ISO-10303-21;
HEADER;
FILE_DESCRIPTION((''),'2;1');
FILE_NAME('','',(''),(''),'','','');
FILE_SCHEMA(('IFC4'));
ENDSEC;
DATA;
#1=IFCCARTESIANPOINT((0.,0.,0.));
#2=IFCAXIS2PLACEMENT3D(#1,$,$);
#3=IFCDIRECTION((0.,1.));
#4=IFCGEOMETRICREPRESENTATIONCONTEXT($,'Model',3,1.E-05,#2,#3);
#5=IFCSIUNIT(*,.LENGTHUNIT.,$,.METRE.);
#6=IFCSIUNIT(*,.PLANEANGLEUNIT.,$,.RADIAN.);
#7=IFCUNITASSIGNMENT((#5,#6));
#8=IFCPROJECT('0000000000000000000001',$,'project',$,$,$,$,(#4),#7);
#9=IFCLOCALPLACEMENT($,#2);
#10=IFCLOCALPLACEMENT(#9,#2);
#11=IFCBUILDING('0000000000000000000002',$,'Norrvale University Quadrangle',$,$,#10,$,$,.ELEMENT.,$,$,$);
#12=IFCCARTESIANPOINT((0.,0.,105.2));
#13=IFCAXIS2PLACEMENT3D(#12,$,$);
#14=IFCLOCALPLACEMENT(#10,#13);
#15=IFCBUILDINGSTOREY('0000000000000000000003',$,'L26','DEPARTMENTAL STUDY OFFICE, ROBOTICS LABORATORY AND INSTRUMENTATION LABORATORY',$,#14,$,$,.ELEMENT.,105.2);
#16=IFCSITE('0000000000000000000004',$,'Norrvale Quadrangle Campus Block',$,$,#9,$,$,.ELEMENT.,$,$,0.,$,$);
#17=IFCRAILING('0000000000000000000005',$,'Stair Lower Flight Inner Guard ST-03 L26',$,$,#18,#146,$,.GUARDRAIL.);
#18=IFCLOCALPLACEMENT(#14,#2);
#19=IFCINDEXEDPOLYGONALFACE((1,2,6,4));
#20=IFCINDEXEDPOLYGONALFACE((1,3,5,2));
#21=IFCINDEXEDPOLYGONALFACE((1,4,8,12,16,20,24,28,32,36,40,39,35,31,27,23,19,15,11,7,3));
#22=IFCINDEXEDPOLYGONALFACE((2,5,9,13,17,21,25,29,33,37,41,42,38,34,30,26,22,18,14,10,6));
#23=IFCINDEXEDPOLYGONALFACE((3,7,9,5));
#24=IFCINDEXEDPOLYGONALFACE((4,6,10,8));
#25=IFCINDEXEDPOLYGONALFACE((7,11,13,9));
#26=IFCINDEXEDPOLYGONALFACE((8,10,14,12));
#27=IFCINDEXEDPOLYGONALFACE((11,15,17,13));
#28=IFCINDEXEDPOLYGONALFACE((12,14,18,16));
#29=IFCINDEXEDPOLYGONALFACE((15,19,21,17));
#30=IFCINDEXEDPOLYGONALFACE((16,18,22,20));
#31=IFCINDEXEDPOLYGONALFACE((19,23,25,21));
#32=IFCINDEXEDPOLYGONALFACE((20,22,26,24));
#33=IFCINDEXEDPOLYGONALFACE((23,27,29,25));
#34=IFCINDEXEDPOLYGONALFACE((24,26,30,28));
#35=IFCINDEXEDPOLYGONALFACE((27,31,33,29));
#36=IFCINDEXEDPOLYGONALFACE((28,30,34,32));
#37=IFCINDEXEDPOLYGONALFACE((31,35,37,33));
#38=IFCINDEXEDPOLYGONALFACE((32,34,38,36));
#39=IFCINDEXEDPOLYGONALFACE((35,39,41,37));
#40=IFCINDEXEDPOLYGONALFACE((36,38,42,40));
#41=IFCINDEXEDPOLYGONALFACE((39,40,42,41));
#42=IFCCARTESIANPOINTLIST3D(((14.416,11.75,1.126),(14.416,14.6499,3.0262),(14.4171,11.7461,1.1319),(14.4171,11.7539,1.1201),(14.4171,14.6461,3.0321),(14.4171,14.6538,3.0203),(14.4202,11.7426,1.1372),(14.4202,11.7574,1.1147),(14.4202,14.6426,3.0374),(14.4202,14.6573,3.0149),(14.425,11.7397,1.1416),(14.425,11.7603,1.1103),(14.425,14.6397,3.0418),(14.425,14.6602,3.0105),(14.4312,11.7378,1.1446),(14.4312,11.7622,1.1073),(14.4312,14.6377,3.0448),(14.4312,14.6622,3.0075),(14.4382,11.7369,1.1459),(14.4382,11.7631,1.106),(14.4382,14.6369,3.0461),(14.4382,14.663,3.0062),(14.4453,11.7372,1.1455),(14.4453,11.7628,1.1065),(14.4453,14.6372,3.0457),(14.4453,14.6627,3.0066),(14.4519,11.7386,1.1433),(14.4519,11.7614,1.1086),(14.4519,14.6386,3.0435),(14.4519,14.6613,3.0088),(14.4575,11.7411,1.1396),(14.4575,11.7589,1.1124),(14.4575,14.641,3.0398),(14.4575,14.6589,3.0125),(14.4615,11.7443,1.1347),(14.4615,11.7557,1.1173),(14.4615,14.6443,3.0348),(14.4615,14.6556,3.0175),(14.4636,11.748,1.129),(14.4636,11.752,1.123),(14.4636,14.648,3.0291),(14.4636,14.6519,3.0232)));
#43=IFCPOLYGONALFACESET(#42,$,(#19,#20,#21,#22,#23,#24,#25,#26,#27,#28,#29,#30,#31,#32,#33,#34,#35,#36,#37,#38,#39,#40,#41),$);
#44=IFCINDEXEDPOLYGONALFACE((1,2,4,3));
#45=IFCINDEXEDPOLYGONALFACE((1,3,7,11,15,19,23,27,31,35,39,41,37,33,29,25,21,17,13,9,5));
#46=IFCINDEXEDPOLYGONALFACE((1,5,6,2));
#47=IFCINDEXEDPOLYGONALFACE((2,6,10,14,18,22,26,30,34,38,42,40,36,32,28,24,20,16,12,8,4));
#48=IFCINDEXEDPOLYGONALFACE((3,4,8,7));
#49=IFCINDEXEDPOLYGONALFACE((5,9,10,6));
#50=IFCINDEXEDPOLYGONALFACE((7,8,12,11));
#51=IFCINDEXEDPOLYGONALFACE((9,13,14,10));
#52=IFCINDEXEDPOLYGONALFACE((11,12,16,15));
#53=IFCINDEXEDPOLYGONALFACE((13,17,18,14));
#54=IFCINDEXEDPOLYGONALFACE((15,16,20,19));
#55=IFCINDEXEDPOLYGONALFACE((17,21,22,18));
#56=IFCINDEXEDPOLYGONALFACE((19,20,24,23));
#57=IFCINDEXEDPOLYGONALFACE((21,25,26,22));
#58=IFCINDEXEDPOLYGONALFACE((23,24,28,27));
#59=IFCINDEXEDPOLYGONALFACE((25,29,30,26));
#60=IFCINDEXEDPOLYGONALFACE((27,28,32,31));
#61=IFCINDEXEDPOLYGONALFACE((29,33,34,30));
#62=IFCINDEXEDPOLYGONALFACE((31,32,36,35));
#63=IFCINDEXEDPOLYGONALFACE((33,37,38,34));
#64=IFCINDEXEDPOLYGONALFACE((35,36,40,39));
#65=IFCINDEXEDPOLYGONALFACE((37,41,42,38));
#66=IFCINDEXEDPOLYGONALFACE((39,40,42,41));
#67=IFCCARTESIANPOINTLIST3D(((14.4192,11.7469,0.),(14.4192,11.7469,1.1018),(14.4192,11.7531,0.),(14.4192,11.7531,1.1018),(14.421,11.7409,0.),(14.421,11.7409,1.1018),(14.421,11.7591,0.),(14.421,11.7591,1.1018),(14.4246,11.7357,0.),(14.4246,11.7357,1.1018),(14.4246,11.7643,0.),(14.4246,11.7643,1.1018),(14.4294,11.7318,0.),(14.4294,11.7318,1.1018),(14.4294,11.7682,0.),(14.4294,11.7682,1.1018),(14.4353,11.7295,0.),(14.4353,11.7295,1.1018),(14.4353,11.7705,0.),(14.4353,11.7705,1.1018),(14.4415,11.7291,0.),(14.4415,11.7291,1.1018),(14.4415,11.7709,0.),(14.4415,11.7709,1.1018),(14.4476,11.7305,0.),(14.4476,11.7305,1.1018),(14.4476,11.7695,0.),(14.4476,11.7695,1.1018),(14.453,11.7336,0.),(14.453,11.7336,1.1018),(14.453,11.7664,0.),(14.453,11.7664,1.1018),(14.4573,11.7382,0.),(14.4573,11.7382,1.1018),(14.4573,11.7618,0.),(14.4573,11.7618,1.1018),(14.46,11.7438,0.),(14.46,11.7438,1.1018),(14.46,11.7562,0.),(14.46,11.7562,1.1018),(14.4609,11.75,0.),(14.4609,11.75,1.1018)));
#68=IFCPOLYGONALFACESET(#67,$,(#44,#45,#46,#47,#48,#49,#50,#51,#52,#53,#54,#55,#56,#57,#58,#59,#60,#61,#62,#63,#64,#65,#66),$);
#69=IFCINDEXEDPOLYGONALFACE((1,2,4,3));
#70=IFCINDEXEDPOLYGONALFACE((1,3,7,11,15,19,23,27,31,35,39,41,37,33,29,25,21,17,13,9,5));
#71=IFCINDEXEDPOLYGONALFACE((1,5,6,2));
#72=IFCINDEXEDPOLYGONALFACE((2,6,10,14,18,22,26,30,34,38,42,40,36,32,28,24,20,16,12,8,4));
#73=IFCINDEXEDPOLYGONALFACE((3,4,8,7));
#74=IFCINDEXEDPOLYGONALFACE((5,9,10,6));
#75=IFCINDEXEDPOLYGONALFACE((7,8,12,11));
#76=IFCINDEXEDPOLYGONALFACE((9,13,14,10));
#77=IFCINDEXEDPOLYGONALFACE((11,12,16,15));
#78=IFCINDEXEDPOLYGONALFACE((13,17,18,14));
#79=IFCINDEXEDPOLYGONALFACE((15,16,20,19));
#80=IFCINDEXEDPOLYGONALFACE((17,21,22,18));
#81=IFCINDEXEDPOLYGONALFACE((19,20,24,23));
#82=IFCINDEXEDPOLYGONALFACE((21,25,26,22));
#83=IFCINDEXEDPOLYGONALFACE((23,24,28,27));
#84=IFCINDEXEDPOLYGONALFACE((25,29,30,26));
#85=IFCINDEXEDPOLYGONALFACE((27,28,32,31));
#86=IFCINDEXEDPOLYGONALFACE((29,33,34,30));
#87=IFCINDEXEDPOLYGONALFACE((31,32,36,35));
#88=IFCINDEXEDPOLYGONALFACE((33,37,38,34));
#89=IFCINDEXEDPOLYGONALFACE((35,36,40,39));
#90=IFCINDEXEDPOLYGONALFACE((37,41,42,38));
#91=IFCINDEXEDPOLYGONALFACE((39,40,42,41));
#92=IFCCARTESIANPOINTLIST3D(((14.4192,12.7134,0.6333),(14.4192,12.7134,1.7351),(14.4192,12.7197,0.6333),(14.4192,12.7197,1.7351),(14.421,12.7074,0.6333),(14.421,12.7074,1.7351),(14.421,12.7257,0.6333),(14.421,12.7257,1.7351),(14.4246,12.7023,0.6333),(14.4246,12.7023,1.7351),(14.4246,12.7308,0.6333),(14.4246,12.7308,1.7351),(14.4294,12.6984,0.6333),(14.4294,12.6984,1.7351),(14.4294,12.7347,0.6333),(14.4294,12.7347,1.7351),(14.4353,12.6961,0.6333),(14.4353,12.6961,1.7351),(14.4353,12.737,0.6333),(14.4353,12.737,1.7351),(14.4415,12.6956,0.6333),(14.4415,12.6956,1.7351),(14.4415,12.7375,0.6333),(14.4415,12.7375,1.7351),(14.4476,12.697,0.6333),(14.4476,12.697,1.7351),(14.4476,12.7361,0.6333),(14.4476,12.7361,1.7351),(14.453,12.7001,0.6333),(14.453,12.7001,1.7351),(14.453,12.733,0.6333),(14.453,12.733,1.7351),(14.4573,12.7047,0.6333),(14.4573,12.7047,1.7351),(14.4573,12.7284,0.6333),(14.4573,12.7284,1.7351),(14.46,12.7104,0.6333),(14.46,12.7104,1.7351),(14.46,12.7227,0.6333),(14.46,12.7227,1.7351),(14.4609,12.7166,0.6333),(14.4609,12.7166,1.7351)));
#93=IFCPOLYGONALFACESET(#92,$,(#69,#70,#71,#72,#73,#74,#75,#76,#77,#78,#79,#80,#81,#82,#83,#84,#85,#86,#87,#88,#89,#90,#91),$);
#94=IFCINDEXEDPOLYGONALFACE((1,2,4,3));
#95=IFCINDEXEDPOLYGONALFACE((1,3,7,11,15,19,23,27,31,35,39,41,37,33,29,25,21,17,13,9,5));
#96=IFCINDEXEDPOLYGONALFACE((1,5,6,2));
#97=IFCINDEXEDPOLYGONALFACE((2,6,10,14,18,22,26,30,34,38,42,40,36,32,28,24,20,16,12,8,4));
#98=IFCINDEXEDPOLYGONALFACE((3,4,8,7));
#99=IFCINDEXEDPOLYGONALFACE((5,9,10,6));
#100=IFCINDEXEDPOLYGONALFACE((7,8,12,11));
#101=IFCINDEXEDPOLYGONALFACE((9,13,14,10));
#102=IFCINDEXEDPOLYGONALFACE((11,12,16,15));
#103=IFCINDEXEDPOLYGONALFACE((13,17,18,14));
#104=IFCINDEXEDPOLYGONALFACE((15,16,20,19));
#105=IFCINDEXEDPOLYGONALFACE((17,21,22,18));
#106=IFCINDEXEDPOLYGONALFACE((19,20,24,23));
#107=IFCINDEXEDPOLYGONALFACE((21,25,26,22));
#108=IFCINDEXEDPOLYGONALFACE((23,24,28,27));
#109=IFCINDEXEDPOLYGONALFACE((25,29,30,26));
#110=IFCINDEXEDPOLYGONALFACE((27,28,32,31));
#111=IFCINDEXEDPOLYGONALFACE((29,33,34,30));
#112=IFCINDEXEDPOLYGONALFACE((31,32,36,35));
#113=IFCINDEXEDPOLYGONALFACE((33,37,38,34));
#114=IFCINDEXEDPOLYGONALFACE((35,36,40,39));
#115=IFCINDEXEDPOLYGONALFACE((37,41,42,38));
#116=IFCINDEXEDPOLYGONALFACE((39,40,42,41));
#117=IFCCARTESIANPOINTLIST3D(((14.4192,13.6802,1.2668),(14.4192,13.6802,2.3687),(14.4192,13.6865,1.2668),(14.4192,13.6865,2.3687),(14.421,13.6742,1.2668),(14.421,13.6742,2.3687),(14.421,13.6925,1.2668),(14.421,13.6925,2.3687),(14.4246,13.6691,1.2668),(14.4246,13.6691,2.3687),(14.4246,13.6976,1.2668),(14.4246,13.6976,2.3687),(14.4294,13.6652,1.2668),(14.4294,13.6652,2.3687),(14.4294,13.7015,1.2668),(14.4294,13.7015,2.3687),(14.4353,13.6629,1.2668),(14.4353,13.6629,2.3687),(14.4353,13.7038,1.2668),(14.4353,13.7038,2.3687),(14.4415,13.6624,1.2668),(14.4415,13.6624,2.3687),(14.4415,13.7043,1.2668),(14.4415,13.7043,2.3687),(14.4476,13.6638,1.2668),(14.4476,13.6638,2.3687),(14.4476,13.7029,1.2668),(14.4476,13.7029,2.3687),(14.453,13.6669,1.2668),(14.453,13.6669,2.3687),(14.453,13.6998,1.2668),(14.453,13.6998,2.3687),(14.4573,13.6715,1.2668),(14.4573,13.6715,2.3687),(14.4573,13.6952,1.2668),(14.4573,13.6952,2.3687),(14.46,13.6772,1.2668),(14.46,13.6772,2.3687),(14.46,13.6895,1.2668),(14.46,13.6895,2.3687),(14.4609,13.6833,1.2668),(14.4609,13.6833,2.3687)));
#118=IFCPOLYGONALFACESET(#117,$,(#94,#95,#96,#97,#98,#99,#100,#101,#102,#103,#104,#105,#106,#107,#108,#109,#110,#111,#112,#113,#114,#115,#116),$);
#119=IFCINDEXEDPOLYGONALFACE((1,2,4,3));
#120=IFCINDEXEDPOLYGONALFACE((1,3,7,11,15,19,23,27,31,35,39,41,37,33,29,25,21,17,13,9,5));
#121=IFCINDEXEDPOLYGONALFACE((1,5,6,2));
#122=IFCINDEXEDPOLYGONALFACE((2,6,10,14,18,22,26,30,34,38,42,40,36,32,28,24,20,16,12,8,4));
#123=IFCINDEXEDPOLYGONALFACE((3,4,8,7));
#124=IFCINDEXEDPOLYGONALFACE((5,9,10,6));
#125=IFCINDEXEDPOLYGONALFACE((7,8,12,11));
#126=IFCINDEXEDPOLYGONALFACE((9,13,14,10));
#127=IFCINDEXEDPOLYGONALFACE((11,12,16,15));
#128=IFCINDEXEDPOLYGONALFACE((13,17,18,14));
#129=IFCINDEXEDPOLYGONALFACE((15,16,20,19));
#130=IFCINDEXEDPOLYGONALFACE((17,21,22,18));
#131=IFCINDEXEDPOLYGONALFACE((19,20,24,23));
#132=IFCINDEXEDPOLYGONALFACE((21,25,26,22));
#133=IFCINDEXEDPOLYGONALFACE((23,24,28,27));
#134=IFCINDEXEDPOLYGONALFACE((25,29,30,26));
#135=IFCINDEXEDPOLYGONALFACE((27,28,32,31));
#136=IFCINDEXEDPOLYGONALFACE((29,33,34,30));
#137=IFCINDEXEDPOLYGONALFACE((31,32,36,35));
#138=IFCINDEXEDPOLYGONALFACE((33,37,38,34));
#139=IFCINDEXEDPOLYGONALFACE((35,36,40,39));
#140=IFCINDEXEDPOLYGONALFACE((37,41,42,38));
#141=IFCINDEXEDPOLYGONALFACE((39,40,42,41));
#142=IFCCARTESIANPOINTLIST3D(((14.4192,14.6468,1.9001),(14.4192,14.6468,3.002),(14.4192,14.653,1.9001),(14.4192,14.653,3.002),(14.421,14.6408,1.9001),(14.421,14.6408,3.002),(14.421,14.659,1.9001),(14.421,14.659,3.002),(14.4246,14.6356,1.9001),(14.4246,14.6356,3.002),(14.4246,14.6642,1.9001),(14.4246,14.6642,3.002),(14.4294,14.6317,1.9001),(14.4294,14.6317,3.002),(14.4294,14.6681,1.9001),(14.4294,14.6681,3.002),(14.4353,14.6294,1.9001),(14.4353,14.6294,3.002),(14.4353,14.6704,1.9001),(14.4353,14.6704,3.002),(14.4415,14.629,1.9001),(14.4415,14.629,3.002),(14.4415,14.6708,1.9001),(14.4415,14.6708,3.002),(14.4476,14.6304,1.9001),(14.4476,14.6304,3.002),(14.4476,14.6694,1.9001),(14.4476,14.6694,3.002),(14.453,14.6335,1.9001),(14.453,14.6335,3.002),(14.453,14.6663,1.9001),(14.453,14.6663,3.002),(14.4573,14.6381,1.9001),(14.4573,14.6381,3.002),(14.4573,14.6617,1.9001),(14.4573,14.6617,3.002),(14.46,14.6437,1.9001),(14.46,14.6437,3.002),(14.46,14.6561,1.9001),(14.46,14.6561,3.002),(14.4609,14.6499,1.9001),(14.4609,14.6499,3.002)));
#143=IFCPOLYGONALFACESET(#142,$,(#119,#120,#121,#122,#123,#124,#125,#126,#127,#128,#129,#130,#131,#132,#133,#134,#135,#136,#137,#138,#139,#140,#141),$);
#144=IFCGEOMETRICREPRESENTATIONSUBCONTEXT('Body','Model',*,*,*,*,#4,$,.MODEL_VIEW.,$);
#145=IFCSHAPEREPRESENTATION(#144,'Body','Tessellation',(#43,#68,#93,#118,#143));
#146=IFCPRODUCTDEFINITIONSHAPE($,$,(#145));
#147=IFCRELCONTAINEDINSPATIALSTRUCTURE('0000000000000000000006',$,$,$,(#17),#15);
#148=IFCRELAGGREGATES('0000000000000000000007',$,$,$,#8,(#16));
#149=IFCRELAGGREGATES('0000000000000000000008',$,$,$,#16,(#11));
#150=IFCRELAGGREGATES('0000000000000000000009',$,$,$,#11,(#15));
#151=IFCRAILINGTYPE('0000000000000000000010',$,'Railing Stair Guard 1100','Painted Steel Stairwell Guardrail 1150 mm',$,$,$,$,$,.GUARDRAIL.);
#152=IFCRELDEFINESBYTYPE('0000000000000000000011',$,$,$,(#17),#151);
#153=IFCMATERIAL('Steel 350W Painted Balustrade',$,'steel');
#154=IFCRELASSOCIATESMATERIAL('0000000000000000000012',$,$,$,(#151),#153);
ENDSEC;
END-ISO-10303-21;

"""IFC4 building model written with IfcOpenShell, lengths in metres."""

from ifc_helpers import new_model, si_unit, direction, frame, origin, origin_2d, place, context, subcontext, project, spatial, circle, extrude, material, type_object, element, save


model = new_model("IFC4")

# Units and contexts
model_context = context("Model", 3, precision=1e-05, world=origin(), true_north=direction((0.0, 1.0)))
body_context = subcontext(model_context, "Body", "Model", "MODEL_VIEW")
ifc_project = project(units=[si_unit("LENGTHUNIT", "METRE"), si_unit("PLANEANGLEUNIT", "RADIAN")], contexts=[model_context])

# Site, building, storey
site_placement = place(None, origin())
site = spatial("IfcSite", under=ifc_project, at=site_placement, Name="Norrvale Quadrangle Campus Block", CompositionType="ELEMENT", RefElevation=0.0)
building_placement = place(site_placement, origin())
building = spatial("IfcBuilding", under=site, at=building_placement, Name="Norrvale University Quadrangle", CompositionType="ELEMENT")
storey_placement = place(building_placement, frame((0.0, 0.0, 105.2)))
storey = spatial("IfcBuildingStorey", under=building, at=storey_placement, Name="L26", Description="DEPARTMENTAL STUDY OFFICE, ROBOTICS LABORATORY AND INSTRUMENTATION LABORATORY", CompositionType="ELEMENT", Elevation=105.2)

# Railing
ifc_material_1 = material(Name="Steel 350W Painted Balustrade", Category="steel")
railing_type_1 = type_object("IfcRailingType", Name="Railing Stair Guard 1100", Description="Painted Steel Stairwell Guardrail 1150 mm", PredefinedType="GUARDRAIL", material=ifc_material_1)
railing_1_placement = place(storey_placement, frame((14.4399, 11.75, 0.0)))
element("IfcRailing", 1, at=railing_1_placement, inside=storey, type_object=railing_type_1, Name="Stair Lower Flight Inner Guard ST-03 L26", PredefinedType="GUARDRAIL", context=body_context, shape_type="SweptSolid", body=[
    extrude(circle(Radius=0.0239, at=origin_2d()), frame((0.0, 0.0, 1.126), z_axis=(0.0, 0.836433, 0.548069), x_axis=(-1.0, 0.0, 0.0)), (0.0, 0.0, 1.0), 3.467),
    extrude(circle(Radius=0.021, at=origin_2d()), origin(), (0.0, 0.0, 1.0), 1.1018),
    extrude(circle(Radius=0.021, at=origin_2d()), frame((0.0, 0.9666, 0.6333)), (0.0, 0.0, 1.0), 1.1018),
    extrude(circle(Radius=0.021, at=origin_2d()), frame((0.0, 1.9333, 1.2668)), (0.0, 0.0, 1.0), 1.1018),
    extrude(circle(Radius=0.021, at=origin_2d()), frame((0.0, 2.8999, 1.9001)), (0.0, 0.0, 1.0), 1.1018),
])

save(model, "model.ifc")
